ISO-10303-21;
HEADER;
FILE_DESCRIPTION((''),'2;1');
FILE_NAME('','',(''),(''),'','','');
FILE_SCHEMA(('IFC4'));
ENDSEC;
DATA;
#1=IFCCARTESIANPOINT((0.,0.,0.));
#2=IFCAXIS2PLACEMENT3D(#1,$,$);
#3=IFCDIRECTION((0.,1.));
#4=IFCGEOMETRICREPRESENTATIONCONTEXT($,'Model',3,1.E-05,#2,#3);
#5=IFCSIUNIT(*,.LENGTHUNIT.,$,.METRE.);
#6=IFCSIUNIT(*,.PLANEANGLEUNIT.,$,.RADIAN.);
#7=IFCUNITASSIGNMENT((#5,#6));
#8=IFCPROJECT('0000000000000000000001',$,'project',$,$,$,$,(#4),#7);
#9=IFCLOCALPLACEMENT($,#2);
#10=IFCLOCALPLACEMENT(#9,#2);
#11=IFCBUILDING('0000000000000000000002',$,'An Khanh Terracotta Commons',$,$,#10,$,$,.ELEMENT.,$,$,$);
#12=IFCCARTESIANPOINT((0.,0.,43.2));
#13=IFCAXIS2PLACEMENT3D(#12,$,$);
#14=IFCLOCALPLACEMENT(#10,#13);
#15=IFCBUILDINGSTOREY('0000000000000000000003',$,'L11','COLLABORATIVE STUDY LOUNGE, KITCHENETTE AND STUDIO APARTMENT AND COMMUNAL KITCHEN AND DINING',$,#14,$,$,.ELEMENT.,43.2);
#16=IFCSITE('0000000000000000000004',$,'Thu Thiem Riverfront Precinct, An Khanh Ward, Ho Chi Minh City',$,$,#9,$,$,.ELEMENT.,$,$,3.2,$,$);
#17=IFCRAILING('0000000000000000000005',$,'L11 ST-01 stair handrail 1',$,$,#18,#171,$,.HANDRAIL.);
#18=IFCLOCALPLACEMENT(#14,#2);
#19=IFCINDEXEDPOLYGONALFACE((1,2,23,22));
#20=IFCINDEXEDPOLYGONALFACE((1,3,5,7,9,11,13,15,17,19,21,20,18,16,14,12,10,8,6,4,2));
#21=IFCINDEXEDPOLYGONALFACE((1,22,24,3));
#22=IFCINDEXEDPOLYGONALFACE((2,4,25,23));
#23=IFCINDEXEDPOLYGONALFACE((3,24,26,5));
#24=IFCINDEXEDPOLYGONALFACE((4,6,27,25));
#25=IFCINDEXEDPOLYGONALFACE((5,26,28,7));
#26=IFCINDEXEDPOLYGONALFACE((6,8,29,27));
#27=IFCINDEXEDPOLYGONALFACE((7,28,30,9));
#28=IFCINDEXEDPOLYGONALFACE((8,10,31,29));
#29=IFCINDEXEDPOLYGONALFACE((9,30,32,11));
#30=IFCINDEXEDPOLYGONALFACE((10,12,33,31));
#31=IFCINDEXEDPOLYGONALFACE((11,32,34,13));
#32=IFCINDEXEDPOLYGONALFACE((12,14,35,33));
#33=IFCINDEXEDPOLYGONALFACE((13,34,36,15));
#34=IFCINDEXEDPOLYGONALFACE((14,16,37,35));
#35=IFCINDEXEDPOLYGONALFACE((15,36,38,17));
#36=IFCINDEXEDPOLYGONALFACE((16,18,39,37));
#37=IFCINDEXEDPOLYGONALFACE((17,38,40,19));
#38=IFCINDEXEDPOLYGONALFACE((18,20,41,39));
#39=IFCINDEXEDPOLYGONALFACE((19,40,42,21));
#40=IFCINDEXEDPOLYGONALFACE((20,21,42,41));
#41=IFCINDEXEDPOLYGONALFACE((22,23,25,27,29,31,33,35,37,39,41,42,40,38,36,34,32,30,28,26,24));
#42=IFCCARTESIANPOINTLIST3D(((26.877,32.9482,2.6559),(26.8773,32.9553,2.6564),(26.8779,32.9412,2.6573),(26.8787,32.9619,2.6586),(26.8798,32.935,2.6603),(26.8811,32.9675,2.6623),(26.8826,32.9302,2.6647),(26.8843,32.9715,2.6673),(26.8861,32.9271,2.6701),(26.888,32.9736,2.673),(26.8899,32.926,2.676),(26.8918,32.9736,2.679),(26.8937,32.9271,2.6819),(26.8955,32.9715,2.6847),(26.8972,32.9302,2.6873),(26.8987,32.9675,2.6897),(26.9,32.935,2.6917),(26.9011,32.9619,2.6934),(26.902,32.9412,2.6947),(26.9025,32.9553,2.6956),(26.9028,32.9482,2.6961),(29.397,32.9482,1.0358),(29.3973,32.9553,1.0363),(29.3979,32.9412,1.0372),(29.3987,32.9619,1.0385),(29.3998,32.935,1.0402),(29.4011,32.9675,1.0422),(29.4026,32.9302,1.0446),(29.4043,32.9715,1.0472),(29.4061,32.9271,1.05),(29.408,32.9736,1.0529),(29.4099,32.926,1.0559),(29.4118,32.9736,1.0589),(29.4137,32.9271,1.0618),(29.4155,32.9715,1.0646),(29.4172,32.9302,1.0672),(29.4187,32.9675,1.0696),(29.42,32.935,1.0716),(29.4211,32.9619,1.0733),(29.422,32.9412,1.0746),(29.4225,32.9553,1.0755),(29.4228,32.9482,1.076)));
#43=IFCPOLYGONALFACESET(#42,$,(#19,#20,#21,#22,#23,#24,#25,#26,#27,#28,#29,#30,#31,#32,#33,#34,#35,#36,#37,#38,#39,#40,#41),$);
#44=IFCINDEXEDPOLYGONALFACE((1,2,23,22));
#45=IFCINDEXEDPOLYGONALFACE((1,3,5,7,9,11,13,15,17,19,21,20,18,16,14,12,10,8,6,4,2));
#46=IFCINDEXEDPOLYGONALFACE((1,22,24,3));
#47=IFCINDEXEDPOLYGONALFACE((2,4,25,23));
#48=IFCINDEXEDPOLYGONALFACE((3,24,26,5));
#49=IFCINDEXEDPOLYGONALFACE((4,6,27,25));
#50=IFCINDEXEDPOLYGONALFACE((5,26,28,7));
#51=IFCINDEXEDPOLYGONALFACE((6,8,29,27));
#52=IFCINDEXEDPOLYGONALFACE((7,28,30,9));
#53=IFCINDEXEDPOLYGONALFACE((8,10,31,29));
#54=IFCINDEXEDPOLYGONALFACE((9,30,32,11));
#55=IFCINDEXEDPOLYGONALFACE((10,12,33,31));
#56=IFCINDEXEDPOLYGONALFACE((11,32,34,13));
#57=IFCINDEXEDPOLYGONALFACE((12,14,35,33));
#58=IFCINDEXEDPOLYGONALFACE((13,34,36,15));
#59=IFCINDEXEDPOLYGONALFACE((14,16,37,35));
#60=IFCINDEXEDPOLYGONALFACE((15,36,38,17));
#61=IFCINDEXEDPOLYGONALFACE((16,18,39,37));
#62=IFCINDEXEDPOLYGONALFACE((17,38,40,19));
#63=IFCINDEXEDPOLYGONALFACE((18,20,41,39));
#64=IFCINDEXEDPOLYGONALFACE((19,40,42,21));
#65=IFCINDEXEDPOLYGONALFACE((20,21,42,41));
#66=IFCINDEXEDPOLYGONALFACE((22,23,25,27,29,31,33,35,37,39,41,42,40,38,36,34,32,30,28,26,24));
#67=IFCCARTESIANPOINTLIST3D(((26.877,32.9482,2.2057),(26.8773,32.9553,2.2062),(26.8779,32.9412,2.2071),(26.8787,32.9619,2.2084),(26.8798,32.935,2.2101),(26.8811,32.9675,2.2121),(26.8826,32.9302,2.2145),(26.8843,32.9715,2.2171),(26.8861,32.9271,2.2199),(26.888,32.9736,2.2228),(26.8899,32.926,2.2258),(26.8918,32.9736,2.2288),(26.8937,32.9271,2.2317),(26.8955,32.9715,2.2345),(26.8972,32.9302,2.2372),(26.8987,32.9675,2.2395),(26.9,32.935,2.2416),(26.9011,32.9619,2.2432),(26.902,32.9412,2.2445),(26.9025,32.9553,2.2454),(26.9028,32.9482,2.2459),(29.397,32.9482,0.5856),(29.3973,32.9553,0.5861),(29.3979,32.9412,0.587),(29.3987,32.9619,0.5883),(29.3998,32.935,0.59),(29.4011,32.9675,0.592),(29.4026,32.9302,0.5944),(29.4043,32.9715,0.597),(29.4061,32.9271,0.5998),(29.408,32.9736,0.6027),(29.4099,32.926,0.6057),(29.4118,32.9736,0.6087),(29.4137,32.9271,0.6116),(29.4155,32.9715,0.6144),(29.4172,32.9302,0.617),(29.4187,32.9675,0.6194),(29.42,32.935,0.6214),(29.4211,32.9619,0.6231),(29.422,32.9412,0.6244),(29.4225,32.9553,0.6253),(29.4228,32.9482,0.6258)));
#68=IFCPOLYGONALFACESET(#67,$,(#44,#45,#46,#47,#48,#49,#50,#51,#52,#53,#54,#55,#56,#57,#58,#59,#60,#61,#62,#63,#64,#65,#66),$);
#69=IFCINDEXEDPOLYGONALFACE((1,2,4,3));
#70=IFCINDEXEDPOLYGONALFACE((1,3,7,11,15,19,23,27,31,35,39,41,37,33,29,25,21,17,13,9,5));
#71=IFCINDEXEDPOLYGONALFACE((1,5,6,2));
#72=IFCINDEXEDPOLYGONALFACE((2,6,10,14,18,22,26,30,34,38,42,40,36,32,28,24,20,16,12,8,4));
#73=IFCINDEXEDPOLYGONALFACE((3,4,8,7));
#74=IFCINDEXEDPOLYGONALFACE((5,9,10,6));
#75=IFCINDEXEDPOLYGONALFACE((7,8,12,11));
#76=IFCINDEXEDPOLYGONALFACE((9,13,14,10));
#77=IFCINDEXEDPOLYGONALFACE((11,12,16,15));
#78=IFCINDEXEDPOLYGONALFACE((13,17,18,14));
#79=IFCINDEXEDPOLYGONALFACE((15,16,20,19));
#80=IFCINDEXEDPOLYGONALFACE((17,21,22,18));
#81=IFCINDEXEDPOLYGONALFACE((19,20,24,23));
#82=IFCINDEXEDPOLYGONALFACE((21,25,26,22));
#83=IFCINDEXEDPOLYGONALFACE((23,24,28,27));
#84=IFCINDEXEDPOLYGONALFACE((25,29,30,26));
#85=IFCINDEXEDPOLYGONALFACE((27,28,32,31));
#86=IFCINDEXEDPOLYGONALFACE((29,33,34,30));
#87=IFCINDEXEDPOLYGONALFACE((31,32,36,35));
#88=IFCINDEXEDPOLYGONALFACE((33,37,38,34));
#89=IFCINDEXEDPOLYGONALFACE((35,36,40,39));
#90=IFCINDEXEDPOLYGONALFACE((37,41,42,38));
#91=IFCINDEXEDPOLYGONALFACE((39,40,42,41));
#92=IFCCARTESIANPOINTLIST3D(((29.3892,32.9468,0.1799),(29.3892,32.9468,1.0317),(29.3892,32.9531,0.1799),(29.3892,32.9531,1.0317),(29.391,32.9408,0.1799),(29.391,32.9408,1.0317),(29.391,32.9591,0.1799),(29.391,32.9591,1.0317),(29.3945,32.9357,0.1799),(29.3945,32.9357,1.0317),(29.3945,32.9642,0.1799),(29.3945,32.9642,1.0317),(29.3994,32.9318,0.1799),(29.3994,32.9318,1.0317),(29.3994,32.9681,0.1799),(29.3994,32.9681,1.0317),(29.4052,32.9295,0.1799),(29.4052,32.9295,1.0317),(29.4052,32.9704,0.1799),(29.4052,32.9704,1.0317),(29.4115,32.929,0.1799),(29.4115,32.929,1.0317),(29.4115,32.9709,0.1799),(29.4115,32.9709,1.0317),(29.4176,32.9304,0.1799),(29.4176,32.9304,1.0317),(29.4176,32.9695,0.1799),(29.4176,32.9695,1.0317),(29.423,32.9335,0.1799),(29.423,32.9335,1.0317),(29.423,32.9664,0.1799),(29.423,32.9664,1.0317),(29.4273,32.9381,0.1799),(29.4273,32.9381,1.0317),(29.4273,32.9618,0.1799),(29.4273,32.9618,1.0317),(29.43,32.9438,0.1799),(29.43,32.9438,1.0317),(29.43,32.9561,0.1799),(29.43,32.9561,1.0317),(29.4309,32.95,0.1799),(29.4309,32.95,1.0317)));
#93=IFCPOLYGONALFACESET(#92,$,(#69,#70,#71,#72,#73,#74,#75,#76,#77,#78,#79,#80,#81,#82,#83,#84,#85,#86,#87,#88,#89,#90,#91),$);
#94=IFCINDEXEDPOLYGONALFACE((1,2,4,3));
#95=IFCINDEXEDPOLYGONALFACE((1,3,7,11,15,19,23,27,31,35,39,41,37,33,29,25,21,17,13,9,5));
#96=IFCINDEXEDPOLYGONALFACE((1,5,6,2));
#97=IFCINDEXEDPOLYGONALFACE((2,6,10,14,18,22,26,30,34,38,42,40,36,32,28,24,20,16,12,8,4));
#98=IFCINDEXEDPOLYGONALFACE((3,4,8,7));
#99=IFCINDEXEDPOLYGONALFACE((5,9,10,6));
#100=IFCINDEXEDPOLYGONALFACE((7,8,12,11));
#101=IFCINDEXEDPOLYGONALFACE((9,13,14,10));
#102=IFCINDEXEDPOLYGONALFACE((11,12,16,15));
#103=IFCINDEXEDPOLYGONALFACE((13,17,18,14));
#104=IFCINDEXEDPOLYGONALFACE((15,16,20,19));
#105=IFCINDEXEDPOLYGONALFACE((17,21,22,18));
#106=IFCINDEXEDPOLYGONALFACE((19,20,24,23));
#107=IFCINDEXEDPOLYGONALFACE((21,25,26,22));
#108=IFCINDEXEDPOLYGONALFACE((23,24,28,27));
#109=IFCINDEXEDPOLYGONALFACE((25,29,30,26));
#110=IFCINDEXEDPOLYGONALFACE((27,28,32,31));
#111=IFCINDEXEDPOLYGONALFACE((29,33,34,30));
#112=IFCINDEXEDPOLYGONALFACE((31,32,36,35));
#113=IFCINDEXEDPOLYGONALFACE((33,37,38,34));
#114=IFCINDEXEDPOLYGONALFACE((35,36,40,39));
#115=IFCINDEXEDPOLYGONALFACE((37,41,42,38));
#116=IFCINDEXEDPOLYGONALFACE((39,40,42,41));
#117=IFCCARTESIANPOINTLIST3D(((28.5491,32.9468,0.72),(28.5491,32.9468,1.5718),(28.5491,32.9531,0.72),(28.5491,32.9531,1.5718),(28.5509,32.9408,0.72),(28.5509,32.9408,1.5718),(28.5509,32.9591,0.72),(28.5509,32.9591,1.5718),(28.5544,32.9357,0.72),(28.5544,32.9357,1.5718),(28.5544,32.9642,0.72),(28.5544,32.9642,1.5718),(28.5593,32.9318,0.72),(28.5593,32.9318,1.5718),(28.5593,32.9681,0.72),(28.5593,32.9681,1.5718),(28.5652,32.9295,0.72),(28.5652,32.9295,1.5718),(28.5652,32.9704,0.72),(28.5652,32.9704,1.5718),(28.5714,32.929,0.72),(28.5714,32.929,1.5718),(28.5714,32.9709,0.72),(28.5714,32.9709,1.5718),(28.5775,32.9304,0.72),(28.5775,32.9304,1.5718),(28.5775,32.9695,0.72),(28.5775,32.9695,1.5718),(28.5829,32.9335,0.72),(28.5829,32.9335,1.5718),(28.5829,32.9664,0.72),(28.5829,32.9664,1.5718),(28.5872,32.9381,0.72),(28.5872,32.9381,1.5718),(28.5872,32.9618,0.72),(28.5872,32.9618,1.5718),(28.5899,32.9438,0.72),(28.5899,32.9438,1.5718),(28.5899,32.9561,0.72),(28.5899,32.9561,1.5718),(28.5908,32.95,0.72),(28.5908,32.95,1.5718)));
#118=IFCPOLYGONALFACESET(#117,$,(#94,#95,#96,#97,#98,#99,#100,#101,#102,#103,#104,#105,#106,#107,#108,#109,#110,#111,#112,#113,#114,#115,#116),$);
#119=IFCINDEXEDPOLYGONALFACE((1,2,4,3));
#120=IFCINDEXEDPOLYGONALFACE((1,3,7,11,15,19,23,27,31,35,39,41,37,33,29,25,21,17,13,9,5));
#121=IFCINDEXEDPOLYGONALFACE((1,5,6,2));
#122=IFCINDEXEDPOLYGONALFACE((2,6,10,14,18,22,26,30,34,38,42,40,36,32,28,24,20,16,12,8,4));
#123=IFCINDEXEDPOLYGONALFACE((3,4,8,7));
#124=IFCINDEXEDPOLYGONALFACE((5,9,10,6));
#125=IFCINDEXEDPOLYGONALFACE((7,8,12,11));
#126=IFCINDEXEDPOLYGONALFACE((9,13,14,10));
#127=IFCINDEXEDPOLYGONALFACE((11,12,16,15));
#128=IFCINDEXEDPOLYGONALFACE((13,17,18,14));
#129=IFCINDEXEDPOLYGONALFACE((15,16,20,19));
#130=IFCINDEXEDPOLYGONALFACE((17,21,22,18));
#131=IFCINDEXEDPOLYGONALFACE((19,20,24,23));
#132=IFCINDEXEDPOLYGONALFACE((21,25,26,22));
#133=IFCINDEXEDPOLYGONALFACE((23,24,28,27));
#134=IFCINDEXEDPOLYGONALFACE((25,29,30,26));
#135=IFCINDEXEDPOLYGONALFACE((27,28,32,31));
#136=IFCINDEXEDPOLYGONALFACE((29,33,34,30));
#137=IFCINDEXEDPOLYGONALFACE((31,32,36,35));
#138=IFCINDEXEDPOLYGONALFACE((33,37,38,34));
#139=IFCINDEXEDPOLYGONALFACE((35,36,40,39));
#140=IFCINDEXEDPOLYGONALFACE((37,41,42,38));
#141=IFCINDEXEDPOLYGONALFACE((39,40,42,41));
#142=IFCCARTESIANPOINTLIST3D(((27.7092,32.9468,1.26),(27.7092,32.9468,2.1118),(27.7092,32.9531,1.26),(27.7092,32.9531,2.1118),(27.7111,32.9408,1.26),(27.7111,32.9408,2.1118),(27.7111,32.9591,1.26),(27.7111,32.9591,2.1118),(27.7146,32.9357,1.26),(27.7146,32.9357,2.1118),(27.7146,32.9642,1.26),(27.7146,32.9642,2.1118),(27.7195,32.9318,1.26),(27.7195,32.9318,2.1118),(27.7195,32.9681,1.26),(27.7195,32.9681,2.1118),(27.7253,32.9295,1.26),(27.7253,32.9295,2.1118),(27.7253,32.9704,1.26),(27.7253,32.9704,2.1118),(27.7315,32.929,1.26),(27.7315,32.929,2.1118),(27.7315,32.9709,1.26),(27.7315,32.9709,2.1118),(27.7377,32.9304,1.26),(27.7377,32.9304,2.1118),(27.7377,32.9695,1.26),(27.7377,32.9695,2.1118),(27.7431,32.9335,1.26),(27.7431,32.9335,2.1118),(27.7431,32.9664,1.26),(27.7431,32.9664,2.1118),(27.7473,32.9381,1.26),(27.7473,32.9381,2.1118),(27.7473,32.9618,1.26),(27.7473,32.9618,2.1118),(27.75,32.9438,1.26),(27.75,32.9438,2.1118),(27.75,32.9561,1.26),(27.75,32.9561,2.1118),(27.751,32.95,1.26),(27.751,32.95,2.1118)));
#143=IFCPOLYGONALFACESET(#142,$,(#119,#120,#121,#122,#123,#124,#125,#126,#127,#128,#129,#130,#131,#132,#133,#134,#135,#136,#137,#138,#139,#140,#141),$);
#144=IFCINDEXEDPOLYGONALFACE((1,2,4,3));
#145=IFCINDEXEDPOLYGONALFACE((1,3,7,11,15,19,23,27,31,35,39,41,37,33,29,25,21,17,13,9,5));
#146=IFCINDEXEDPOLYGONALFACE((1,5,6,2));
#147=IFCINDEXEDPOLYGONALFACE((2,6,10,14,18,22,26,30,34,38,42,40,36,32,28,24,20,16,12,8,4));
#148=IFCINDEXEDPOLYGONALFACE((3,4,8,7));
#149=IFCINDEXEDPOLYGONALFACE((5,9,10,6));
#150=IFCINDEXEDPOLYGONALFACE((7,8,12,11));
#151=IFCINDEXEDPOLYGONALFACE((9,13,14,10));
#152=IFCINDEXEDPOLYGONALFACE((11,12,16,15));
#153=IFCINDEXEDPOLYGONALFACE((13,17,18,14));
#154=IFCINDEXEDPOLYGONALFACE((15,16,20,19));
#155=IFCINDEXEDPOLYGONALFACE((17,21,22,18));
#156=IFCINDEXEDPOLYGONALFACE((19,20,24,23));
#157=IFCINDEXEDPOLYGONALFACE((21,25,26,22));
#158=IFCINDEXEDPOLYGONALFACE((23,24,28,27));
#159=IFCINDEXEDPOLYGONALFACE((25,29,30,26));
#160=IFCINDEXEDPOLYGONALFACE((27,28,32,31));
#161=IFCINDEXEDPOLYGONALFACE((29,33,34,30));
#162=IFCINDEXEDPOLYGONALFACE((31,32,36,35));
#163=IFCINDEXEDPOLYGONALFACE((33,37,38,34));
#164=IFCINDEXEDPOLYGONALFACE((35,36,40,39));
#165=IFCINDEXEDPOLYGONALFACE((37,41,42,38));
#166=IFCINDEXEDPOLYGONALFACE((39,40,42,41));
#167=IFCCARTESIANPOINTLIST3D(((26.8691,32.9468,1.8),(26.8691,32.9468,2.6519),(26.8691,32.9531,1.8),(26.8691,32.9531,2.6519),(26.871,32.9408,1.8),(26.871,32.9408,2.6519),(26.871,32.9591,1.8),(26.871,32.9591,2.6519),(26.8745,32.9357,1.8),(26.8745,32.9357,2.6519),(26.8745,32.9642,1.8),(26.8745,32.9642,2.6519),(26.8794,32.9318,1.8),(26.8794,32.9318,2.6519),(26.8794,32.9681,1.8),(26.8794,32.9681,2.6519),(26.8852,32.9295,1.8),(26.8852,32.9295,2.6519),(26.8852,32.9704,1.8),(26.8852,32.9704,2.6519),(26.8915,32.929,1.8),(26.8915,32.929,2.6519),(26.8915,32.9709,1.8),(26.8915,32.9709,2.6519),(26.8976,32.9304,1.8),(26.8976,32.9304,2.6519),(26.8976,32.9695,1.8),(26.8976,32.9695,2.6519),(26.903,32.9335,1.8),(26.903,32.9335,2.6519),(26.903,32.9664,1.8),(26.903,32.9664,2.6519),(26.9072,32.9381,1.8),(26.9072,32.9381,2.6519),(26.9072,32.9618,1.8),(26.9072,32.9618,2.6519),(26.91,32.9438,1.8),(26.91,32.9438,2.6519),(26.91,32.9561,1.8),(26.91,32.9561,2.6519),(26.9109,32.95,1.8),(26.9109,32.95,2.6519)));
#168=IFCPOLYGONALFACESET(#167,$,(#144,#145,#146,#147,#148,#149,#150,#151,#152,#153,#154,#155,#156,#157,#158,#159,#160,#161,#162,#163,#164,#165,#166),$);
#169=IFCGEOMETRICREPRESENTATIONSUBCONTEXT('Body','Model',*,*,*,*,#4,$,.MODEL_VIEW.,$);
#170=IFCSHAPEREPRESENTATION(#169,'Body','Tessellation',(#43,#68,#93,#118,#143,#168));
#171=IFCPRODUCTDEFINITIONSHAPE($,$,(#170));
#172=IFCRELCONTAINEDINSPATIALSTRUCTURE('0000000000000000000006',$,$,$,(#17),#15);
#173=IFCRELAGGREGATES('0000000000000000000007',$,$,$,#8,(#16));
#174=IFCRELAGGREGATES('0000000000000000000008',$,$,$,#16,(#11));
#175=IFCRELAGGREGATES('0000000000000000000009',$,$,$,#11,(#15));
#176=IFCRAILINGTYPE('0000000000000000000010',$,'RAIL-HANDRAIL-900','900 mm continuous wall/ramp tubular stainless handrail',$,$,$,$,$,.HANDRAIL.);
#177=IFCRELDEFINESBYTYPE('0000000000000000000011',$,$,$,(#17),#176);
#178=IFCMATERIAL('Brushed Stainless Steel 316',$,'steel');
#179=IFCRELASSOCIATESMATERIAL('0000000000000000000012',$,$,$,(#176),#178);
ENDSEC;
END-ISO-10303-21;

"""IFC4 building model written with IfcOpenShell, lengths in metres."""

from ifc_helpers import new_model, si_unit, direction, frame, origin, origin_2d, place, context, subcontext, project, spatial, circle, extrude, material, type_object, element, save


model = new_model("IFC4")

# Units and contexts
model_context = context("Model", 3, precision=1e-05, world=origin(), true_north=direction((0.0, 1.0)))
body_context = subcontext(model_context, "Body", "Model", "MODEL_VIEW")
ifc_project = project(units=[si_unit("LENGTHUNIT", "METRE"), si_unit("PLANEANGLEUNIT", "RADIAN")], contexts=[model_context])

# Site, building, storey
site_placement = place(None, origin())
site = spatial("IfcSite", under=ifc_project, at=site_placement, Name="Thu Thiem Riverfront Precinct, An Khanh Ward, Ho Chi Minh City", CompositionType="ELEMENT", RefElevation=3.2)
building_placement = place(site_placement, origin())
building = spatial("IfcBuilding", under=site, at=building_placement, Name="An Khanh Terracotta Commons", CompositionType="ELEMENT")
storey_placement = place(building_placement, frame((0.0, 0.0, 43.2)))
storey = spatial("IfcBuildingStorey", under=building, at=storey_placement, Name="L11", Description="COLLABORATIVE STUDY LOUNGE, KITCHENETTE AND STUDIO APARTMENT AND COMMUNAL KITCHEN AND DINING", CompositionType="ELEMENT", Elevation=43.2)

# Railing
ifc_material_1 = material(Name="Brushed Stainless Steel 316", Category="steel")
railing_type_1 = type_object("IfcRailingType", Name="RAIL-HANDRAIL-900", Description="900 mm continuous wall/ramp tubular stainless handrail", PredefinedType="HANDRAIL", material=ifc_material_1)
railing_1_placement = place(storey_placement, frame((29.4099, 32.95, 0.1799)))
element("IfcRailing", 1, at=railing_1_placement, inside=storey, type_object=railing_type_1, Name="L11 ST-01 stair handrail 1", PredefinedType="HANDRAIL", context=body_context, shape_type="SweptSolid", body=[
    extrude(circle(Radius=0.0239, at=origin_2d()), frame((0.0, 0.0, 0.876), z_axis=(-0.841163, 0.0, 0.540782), x_axis=(0.0, -1.0, 0.0)), (0.0, 0.0, 1.0), 2.9958),
    extrude(circle(Radius=0.0239, at=origin_2d()), frame((0.0, 0.0, 0.4258), z_axis=(-0.841163, 0.0, 0.540782), x_axis=(0.0, -1.0, 0.0)), (0.0, 0.0, 1.0), 2.9958),
    extrude(circle(Radius=0.021, at=origin_2d()), origin(), (0.0, 0.0, 1.0), 0.8518),
    extrude(circle(Radius=0.021, at=origin_2d()), frame((-0.8401, 0.0, 0.54)), (0.0, 0.0, 1.0), 0.8518),
    extrude(circle(Radius=0.021, at=origin_2d()), frame((-1.6799, 0.0, 1.0801)), (0.0, 0.0, 1.0), 0.8518),
    extrude(circle(Radius=0.021, at=origin_2d()), frame((-2.52, 0.0, 1.6201)), (0.0, 0.0, 1.0), 0.8518),
])

save(model, "model.ifc")
